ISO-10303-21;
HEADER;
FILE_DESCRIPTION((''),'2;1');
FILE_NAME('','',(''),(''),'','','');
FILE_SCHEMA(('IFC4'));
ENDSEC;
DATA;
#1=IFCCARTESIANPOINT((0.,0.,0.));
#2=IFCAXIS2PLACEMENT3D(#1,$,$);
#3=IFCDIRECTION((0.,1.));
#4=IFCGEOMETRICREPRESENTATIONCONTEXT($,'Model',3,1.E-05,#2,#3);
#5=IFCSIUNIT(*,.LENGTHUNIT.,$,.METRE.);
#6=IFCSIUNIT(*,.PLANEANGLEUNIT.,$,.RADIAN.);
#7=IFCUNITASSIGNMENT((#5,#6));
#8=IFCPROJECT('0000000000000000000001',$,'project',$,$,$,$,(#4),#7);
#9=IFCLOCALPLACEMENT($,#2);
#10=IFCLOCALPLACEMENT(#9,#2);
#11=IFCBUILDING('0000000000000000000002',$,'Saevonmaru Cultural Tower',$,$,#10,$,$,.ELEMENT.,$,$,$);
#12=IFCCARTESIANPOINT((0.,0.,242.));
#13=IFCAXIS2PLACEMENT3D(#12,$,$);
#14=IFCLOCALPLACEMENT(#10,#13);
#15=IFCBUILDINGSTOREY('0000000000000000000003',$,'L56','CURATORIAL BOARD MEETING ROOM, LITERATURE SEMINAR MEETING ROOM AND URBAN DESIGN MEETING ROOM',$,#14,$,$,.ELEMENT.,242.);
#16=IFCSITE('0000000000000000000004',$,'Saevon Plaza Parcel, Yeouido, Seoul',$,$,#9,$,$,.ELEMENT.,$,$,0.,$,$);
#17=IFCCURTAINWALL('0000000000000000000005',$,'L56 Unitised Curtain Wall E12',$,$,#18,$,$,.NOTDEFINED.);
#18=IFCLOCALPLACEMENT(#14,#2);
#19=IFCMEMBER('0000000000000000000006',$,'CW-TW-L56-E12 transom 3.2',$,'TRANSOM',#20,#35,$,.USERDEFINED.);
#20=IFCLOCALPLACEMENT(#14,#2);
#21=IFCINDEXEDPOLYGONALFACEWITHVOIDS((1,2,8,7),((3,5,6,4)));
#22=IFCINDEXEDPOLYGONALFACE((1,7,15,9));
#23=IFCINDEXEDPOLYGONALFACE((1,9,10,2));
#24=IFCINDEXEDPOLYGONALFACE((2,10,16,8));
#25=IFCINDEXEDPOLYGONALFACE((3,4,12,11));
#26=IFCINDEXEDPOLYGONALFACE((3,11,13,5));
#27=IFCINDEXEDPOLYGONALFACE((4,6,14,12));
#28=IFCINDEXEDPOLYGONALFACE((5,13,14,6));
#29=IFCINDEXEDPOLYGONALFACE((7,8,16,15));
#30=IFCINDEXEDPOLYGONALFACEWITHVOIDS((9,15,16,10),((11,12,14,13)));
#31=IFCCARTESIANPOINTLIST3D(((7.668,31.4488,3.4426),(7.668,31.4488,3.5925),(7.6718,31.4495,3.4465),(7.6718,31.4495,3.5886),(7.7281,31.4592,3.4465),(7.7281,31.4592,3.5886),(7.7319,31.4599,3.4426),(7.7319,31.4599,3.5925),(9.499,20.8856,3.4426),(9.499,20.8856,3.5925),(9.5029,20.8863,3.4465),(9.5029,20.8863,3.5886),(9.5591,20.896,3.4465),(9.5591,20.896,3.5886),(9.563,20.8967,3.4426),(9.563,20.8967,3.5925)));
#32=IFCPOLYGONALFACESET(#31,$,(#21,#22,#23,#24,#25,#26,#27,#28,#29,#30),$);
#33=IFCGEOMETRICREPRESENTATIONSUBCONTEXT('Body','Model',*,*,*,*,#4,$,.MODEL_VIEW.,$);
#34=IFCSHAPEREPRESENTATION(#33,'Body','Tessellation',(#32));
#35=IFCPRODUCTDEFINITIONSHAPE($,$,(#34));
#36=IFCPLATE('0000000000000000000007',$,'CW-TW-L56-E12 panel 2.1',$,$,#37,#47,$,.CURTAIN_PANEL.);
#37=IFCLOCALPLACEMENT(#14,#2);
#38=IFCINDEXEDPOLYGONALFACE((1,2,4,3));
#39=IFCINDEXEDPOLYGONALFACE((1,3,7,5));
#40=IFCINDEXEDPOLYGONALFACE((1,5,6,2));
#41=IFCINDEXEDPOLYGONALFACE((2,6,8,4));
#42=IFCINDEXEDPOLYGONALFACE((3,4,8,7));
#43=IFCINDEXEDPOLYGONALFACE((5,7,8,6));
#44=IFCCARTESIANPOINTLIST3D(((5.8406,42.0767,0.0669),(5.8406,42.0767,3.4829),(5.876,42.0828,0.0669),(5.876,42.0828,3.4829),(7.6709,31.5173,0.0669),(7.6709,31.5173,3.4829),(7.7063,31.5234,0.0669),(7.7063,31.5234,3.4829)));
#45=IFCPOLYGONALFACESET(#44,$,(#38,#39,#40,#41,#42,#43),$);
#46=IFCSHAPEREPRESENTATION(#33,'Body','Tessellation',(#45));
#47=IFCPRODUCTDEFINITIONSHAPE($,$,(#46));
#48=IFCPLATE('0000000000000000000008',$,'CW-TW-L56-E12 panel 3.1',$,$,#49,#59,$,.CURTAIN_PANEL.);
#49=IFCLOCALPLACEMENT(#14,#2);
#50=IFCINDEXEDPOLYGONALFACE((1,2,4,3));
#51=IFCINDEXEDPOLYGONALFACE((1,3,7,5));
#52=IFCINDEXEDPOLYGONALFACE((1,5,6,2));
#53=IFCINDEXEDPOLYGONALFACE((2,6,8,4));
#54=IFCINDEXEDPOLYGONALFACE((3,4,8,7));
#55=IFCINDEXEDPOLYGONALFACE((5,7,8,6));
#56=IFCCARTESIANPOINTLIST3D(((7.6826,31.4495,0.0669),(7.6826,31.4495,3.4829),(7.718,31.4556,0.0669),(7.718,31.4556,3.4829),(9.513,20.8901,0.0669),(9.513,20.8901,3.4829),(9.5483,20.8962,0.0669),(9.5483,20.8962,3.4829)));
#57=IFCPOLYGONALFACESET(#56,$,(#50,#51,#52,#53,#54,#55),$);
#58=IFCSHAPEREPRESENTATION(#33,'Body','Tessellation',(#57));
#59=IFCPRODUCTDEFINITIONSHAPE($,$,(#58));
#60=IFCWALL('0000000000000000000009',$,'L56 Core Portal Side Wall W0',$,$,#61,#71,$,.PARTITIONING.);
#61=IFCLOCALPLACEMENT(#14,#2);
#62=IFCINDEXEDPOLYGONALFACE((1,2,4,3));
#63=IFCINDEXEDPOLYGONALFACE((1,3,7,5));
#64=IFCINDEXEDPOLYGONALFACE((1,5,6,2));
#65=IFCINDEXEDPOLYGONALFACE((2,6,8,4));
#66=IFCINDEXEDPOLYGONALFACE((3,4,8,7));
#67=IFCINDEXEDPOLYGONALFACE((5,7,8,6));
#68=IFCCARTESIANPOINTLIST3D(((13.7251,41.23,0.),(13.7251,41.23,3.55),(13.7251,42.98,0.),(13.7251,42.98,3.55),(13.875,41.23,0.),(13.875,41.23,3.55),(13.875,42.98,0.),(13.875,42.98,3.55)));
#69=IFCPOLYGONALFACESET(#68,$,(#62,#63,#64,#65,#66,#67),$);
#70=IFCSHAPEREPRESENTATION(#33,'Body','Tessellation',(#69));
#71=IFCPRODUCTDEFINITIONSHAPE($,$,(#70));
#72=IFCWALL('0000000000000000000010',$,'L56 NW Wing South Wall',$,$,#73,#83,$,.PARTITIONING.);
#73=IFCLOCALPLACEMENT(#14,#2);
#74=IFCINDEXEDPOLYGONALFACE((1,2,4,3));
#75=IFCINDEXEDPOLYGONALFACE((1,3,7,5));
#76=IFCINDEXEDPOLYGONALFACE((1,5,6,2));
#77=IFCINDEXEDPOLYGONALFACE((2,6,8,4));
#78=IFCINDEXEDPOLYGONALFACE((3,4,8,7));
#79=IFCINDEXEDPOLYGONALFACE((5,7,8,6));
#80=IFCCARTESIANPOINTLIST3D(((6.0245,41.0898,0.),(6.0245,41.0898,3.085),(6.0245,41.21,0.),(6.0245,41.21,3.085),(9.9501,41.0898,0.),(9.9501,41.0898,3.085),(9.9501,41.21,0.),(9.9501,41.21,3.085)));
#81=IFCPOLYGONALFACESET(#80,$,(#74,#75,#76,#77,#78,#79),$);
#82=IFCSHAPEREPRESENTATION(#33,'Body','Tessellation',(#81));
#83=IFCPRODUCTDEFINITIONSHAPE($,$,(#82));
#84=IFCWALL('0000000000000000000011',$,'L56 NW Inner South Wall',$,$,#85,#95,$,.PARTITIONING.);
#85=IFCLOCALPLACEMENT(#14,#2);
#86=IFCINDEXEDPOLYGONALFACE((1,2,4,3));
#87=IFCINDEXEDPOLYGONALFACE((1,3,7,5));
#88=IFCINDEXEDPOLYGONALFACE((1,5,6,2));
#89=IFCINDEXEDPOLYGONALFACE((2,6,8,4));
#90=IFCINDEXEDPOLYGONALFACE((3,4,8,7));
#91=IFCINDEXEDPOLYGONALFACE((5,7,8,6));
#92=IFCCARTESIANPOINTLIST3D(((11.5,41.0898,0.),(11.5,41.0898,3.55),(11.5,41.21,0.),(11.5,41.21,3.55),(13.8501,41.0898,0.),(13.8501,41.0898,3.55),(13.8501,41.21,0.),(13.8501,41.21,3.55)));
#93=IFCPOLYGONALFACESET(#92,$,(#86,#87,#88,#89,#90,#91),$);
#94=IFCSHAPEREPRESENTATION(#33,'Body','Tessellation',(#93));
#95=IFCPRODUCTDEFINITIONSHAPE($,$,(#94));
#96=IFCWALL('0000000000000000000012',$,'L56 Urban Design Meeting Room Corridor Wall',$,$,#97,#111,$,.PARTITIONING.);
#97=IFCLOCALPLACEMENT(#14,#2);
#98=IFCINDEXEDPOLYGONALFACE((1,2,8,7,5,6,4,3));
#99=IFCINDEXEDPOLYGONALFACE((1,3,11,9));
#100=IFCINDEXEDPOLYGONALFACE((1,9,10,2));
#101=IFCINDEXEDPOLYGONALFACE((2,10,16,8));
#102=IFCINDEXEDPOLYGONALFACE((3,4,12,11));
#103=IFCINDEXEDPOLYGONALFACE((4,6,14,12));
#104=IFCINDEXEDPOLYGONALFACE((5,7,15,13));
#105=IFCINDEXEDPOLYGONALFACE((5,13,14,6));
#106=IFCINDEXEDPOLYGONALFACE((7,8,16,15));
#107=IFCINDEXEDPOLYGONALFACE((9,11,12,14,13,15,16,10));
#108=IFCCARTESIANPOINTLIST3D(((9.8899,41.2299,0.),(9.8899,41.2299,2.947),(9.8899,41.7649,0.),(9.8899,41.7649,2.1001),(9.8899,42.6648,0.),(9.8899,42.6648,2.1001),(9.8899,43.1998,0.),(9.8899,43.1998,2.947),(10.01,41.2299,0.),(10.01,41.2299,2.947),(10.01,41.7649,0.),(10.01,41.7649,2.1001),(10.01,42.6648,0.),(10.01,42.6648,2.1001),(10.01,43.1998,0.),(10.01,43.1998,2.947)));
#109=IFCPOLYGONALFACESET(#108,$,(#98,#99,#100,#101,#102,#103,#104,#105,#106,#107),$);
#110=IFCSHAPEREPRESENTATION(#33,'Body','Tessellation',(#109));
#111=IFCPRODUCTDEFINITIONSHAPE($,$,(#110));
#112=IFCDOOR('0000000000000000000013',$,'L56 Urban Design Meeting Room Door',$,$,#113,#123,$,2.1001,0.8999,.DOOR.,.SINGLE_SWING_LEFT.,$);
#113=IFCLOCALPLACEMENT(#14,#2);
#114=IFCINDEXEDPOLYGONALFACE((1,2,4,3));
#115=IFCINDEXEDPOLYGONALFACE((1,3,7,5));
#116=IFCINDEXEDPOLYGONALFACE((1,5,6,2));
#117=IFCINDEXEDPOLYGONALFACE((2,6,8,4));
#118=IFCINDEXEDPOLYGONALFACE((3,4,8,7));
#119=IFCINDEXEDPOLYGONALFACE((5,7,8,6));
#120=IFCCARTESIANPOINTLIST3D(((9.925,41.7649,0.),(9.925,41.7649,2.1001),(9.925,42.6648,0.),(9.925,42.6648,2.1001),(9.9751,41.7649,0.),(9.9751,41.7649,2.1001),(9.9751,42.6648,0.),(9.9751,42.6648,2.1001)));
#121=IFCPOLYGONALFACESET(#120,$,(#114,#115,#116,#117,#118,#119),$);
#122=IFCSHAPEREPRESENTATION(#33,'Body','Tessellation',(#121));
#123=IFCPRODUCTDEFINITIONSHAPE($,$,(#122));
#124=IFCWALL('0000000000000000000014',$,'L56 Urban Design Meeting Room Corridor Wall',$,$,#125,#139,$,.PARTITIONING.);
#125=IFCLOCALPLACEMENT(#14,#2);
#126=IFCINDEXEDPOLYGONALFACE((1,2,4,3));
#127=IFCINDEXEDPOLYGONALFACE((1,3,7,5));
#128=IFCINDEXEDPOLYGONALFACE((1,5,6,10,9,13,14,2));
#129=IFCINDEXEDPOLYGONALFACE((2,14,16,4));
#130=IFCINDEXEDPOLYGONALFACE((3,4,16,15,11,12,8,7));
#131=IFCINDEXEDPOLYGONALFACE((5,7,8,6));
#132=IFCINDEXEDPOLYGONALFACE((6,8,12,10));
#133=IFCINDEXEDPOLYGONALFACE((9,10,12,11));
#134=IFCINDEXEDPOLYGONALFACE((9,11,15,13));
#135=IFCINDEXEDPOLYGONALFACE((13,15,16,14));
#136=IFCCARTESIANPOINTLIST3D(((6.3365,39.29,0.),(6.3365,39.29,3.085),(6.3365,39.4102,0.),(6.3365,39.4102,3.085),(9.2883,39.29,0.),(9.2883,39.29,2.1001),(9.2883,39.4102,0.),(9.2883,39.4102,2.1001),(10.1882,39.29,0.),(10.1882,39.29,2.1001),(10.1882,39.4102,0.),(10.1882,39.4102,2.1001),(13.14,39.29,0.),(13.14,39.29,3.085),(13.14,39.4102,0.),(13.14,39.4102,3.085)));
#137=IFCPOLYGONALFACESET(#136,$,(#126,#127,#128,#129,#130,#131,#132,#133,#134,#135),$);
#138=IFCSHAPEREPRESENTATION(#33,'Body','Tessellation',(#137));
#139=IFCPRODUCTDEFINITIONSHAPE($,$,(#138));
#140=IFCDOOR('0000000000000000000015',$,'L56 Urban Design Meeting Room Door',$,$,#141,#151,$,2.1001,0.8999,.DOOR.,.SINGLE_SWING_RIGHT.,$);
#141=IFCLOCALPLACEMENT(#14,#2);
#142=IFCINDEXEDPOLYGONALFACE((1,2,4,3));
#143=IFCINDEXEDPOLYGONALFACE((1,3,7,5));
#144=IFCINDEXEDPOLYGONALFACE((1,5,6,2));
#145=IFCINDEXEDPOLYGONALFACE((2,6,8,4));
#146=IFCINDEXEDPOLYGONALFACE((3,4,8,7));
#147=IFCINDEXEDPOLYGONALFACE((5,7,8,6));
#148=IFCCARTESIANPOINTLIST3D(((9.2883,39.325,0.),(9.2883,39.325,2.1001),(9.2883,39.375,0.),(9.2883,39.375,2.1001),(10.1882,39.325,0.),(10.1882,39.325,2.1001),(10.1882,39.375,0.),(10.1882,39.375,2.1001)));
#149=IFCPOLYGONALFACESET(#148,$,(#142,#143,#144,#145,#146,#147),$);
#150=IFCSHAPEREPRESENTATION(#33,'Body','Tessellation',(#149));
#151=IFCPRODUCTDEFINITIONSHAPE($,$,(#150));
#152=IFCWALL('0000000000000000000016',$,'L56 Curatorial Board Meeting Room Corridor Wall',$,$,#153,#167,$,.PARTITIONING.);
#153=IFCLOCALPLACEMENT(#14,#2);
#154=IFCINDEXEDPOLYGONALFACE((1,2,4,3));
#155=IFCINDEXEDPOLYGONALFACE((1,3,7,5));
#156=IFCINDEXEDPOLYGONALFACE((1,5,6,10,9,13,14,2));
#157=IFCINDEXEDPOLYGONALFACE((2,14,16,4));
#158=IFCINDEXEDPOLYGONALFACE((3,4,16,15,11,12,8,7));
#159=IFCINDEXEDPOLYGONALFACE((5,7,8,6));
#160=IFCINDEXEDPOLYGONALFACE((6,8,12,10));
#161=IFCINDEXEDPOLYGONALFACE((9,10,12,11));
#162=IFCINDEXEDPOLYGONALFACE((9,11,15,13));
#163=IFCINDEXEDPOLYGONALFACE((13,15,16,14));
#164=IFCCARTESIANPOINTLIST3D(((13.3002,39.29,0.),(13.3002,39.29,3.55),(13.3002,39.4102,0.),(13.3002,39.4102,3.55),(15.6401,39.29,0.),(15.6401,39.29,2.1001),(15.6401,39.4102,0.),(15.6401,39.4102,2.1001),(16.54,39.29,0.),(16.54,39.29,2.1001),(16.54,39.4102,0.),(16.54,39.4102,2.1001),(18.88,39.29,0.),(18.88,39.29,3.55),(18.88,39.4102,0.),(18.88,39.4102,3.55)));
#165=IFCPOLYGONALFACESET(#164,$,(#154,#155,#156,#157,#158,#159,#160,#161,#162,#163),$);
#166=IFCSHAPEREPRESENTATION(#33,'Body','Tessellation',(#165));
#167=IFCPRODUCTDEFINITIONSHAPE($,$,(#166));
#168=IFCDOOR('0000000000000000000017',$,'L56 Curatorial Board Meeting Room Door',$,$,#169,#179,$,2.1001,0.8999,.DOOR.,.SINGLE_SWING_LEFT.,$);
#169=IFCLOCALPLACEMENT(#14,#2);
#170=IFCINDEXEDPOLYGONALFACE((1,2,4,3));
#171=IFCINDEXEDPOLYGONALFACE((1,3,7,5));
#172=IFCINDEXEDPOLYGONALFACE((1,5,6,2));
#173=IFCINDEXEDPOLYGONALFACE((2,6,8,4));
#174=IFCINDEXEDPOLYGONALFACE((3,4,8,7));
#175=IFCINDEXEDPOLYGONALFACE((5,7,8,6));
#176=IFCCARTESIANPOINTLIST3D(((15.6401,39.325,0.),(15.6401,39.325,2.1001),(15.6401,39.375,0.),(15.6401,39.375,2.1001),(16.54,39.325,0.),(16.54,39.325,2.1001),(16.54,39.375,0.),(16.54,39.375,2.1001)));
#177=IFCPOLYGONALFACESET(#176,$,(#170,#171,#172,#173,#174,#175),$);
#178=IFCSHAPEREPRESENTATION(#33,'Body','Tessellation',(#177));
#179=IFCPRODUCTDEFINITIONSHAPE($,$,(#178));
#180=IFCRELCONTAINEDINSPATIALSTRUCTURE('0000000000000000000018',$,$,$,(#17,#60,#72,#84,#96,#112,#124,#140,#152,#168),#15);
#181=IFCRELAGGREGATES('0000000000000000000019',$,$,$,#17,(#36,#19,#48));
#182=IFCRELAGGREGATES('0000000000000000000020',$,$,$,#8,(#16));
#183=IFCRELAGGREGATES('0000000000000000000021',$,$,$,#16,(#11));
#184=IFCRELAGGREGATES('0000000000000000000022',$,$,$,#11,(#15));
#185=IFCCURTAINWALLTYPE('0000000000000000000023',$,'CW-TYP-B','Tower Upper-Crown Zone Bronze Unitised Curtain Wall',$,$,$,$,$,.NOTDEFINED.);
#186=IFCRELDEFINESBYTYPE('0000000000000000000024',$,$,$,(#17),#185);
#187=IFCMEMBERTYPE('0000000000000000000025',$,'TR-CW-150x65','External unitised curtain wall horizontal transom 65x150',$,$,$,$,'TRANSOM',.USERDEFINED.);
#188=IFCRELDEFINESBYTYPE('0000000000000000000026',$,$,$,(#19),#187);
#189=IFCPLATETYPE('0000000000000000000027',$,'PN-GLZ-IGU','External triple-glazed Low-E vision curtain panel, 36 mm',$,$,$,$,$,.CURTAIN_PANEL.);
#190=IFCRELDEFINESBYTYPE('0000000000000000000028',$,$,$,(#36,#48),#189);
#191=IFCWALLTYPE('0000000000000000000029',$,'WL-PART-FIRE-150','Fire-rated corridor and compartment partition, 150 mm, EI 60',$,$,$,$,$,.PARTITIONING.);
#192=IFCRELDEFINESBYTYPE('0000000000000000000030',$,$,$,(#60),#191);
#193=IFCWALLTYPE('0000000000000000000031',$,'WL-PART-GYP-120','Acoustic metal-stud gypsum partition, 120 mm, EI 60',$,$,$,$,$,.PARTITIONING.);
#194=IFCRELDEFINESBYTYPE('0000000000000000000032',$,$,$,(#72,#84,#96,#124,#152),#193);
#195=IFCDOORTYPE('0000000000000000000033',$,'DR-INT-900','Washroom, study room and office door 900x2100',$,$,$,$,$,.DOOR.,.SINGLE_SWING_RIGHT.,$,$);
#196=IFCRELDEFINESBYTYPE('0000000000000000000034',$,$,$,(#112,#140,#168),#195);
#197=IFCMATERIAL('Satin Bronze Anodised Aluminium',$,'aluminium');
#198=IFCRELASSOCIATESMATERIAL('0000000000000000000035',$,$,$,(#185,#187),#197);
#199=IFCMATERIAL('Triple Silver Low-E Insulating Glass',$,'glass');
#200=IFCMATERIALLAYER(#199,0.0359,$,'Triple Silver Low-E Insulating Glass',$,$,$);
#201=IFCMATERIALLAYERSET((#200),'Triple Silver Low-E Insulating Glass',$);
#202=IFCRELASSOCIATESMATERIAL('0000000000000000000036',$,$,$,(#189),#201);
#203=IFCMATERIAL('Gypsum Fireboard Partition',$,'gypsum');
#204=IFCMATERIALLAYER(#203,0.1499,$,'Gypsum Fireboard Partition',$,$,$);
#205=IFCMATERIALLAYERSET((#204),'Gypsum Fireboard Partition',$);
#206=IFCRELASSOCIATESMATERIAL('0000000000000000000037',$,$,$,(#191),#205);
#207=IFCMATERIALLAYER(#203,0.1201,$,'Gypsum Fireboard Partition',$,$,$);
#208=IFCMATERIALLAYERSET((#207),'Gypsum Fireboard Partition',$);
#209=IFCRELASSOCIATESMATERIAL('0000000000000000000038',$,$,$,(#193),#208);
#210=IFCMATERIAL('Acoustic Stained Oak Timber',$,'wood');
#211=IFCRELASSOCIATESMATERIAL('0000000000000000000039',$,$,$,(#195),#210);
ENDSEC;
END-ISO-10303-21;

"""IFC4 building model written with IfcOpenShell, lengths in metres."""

from ifc_helpers import new_model, si_unit, direction, frame, frame_2d, origin, origin_2d, place, context, subcontext, project, spatial, rectangle, hollow_rectangle, extrude, material, layer, layer_set, material_profile, profile_set, type_object, element, fill, aggregate, save


model = new_model("IFC4")

# Units and contexts
model_context = context("Model", 3, precision=1e-05, world=origin(), true_north=direction((0.0, 1.0)))
body_context = subcontext(model_context, "Body", "Model", "MODEL_VIEW")
ifc_project = project(units=[si_unit("LENGTHUNIT", "METRE"), si_unit("PLANEANGLEUNIT", "RADIAN")], contexts=[model_context])

# Site, building, storey
site_placement = place(None, origin())
site = spatial("IfcSite", under=ifc_project, at=site_placement, Name="Saevon Plaza Parcel, Yeouido, Seoul", CompositionType="ELEMENT", RefElevation=0.0)
building_placement = place(site_placement, origin())
building = spatial("IfcBuilding", under=site, at=building_placement, Name="Saevonmaru Cultural Tower", CompositionType="ELEMENT")
storey_placement = place(building_placement, frame((0.0, 0.0, 242.0)))
storey = spatial("IfcBuildingStorey", under=building, at=storey_placement, Name="L56", Description="CURATORIAL BOARD MEETING ROOM, LITERATURE SEMINAR MEETING ROOM AND URBAN DESIGN MEETING ROOM", CompositionType="ELEMENT", Elevation=242.0)

# Curtain wall, member, plates
ifc_material_1 = material(Name="Satin Bronze Anodised Aluminium", Category="aluminium")
curtain_wall_type = type_object("IfcCurtainWallType", Name="CW-TYP-B", Description="Tower Upper-Crown Zone Bronze Unitised Curtain Wall", PredefinedType="NOTDEFINED", material=ifc_material_1)
curtain_wall_placement = place(storey_placement, origin())
curtain_wall = element("IfcCurtainWall", 1, at=curtain_wall_placement, inside=storey, type_object=curtain_wall_type, Name="L56 Unitised Curtain Wall E12", PredefinedType="NOTDEFINED")
ifc_material_profile_1 = material_profile(ifc_material_1, hollow_rectangle(XDim=0.0649, YDim=0.1499, WallThickness=0.0039, at=origin_2d()), Name="ALU-TRAN-150x65x4")
ifc_profile_set_1 = profile_set([ifc_material_profile_1], Name="Satin Bronze Anodised Aluminium")
member_type_1 = type_object("IfcMemberType", Name="TR-CW-150x65", Description="External unitised curtain wall horizontal transom 65x150", ElementType="TRANSOM", PredefinedType="USERDEFINED", material=ifc_profile_set_1)
member_1_placement = place(storey_placement, frame((7.7, 31.4543, 3.5176), z_axis=(0.170795, -0.985307, 0.0), x_axis=(0.985307, 0.170795, 0.0)))
member_1 = element("IfcMember", 2, at=member_1_placement, type_object=member_type_1, Name="CW-TW-L56-E12 transom 3.2", ObjectType="TRANSOM", PredefinedType="USERDEFINED", context=body_context, shape_type="SweptSolid", body=[
    extrude(hollow_rectangle(XDim=0.0649, YDim=0.1499, WallThickness=0.0039, at=origin_2d()), origin(), (0.0, 0.0, 1.0), 10.7207),
])
ifc_material_2 = material(Name="Triple Silver Low-E Insulating Glass", Category="glass")
ifc_layer_1 = layer(ifc_material_2, 0.0359, Name="Triple Silver Low-E Insulating Glass")
ifc_layer_set_1 = layer_set([ifc_layer_1], Name="Triple Silver Low-E Insulating Glass")
plate_type = type_object("IfcPlateType", Name="PN-GLZ-IGU", Description="External triple-glazed Low-E vision curtain panel, 36 mm", PredefinedType="CURTAIN_PANEL", material=ifc_layer_set_1)
plate_1_placement = place(storey_placement, frame((6.7734, 36.8, 0.0669), z_axis=(0.0, 0.0, 1.0), x_axis=(0.17079, -0.985307, 0.0)))
plate_1 = element("IfcPlate", 3, at=plate_1_placement, type_object=plate_type, Name="CW-TW-L56-E12 panel 2.1", PredefinedType="CURTAIN_PANEL", context=body_context, shape_type="SweptSolid", body=[
    extrude(rectangle(XDim=10.7168, YDim=0.0359, at=origin_2d()), origin(), (0.0, 0.0, 1.0), 3.416),
])
plate_2_placement = place(storey_placement, frame((8.6155, 26.1729, 0.0669), z_axis=(0.0, 0.0, 1.0), x_axis=(0.17079, -0.985307, 0.0)))
plate_2 = element("IfcPlate", 4, at=plate_2_placement, type_object=plate_type, Name="CW-TW-L56-E12 panel 3.1", PredefinedType="CURTAIN_PANEL", context=body_context, shape_type="SweptSolid", body=[
    extrude(rectangle(XDim=10.7168, YDim=0.0359, at=origin_2d()), origin(), (0.0, 0.0, 1.0), 3.416),
])
aggregate(curtain_wall, [plate_1, member_1, plate_2])

# Walls
ifc_material_3 = material(Name="Gypsum Fireboard Partition", Category="gypsum")
ifc_layer_2 = layer(ifc_material_3, 0.1499, Name="Gypsum Fireboard Partition")
ifc_layer_set_2 = layer_set([ifc_layer_2], Name="Gypsum Fireboard Partition")
wall_type_1 = type_object("IfcWallType", Name="WL-PART-FIRE-150", Description="Fire-rated corridor and compartment partition, 150 mm, EI 60", PredefinedType="PARTITIONING", material=ifc_layer_set_2)
wall_1_placement = place(storey_placement, frame((13.8, 41.23, 0.0), z_axis=(0.0, 0.0, 1.0), x_axis=(0.0, 1.0, 0.0)))
element("IfcWall", 5, at=wall_1_placement, inside=storey, type_object=wall_type_1, Name="L56 Core Portal Side Wall W0", PredefinedType="PARTITIONING", context=body_context, shape_type="SweptSolid", body=[
    extrude(rectangle(XDim=1.75, YDim=0.1499, at=frame_2d((0.875, 0.0))), origin(), (0.0, 0.0, 1.0), 3.55),
])
ifc_layer_3 = layer(ifc_material_3, 0.1201, Name="Gypsum Fireboard Partition")
ifc_layer_set_3 = layer_set([ifc_layer_3], Name="Gypsum Fireboard Partition")
wall_type_2 = type_object("IfcWallType", Name="WL-PART-GYP-120", Description="Acoustic metal-stud gypsum partition, 120 mm, EI 60", PredefinedType="PARTITIONING", material=ifc_layer_set_3)
wall_2_placement = place(storey_placement, frame((6.0244, 41.1499, 0.0), z_axis=(0.0, 0.0, 1.0), x_axis=(1.0, 0.0, 0.0)))
element("IfcWall", 6, at=wall_2_placement, inside=storey, type_object=wall_type_2, Name="L56 NW Wing South Wall", PredefinedType="PARTITIONING", context=body_context, shape_type="SweptSolid", body=[
    extrude(rectangle(XDim=3.9255, YDim=0.1201, at=frame_2d((1.9629, 0.0))), origin(), (0.0, 0.0, 1.0), 3.085),
])
wall_3_placement = place(storey_placement, frame((11.5, 41.1499, 0.0), z_axis=(0.0, 0.0, 1.0), x_axis=(1.0, 0.0, 0.0)))
element("IfcWall", 7, at=wall_3_placement, inside=storey, type_object=wall_type_2, Name="L56 NW Inner South Wall", PredefinedType="PARTITIONING", context=body_context, shape_type="SweptSolid", body=[
    extrude(rectangle(XDim=2.3501, YDim=0.1201, at=frame_2d((1.175, 0.0))), origin(), (0.0, 0.0, 1.0), 3.55),
])

# Walls, openings, doors
wall_4_placement = place(storey_placement, frame((9.95, 41.23, 0.0), z_axis=(0.0, 0.0, 1.0), x_axis=(0.0, 1.0, 0.0)))
wall_4 = element("IfcWall", 8, at=wall_4_placement, inside=storey, type_object=wall_type_2, Name="L56 Urban Design Meeting Room Corridor Wall", PredefinedType="PARTITIONING", context=body_context, shape_type="SweptSolid", body=[
    extrude(rectangle(XDim=1.97, YDim=0.1201, at=frame_2d((0.9849, 0.0))), origin(), (0.0, 0.0, 1.0), 2.947),
])
opening_1_placement = place(wall_4_placement, frame((0.5349, 0.0, 0.0)))
opening_1 = element("IfcOpeningElement", 9, at=opening_1_placement, cuts=wall_4, PredefinedType="OPENING", context=body_context, shape_type="SweptSolid", body=[
    extrude(rectangle(XDim=0.8999, YDim=2.1001, at=frame_2d((0.45, 1.05))), frame((0.0, 0.0701, 0.0), z_axis=(0.0, -1.0, 0.0), x_axis=(1.0, 0.0, 0.0)), (0.0, 0.0, 1.0), 0.1401),
])
ifc_material_4 = material(Name="Acoustic Stained Oak Timber", Category="wood")
door_type = type_object("IfcDoorType", Name="DR-INT-900", Description="Washroom, study room and office door 900x2100", OperationType="SINGLE_SWING_RIGHT", PredefinedType="DOOR", material=ifc_material_4)
door_1_placement = place(opening_1_placement, origin())
door_1 = element("IfcDoor", 10, at=door_1_placement, inside=storey, type_object=door_type, Name="L56 Urban Design Meeting Room Door", OperationType="SINGLE_SWING_LEFT", OverallHeight=2.1001, OverallWidth=0.8999, PredefinedType="DOOR", context=body_context, shape_type="SweptSolid", body=[
    extrude(rectangle(XDim=0.8999, YDim=2.1001, at=frame_2d((0.45, 1.05))), frame((0.0, 0.0249, 0.0), z_axis=(0.0, -1.0, 0.0), x_axis=(1.0, 0.0, 0.0)), (0.0, 0.0, 1.0), 0.05),
])
fill(opening_1, door_1)
wall_5_placement = place(storey_placement, frame((6.3364, 39.3501, 0.0), z_axis=(0.0, 0.0, 1.0), x_axis=(1.0, 0.0, 0.0)))
wall_5 = element("IfcWall", 11, at=wall_5_placement, inside=storey, type_object=wall_type_2, Name="L56 Urban Design Meeting Room Corridor Wall", PredefinedType="PARTITIONING", context=body_context, shape_type="SweptSolid", body=[
    extrude(rectangle(XDim=6.8035, YDim=0.1201, at=frame_2d((3.4019, 0.0))), origin(), (0.0, 0.0, 1.0), 3.085),
])
opening_2_placement = place(wall_5_placement, frame((2.9519, 0.0, 0.0)))
opening_2 = element("IfcOpeningElement", 12, at=opening_2_placement, cuts=wall_5, PredefinedType="OPENING", context=body_context, shape_type="SweptSolid", body=[
    extrude(rectangle(XDim=0.8999, YDim=2.1001, at=frame_2d((0.45, 1.05))), frame((0.0, 0.0701, 0.0), z_axis=(0.0, -1.0, 0.0), x_axis=(1.0, 0.0, 0.0)), (0.0, 0.0, 1.0), 0.1401),
])
door_2_placement = place(opening_2_placement, origin())
door_2 = element("IfcDoor", 13, at=door_2_placement, inside=storey, type_object=door_type, Name="L56 Urban Design Meeting Room Door", OperationType="SINGLE_SWING_RIGHT", OverallHeight=2.1001, OverallWidth=0.8999, PredefinedType="DOOR", context=body_context, shape_type="SweptSolid", body=[
    extrude(rectangle(XDim=0.8999, YDim=2.1001, at=frame_2d((0.45, 1.05))), frame((0.0, 0.0249, 0.0), z_axis=(0.0, -1.0, 0.0), x_axis=(1.0, 0.0, 0.0)), (0.0, 0.0, 1.0), 0.05),
])
fill(opening_2, door_2)
wall_6_placement = place(storey_placement, frame((13.3, 39.3501, 0.0), z_axis=(0.0, 0.0, 1.0), x_axis=(1.0, 0.0, 0.0)))
wall_6 = element("IfcWall", 14, at=wall_6_placement, inside=storey, type_object=wall_type_2, Name="L56 Curatorial Board Meeting Room Corridor Wall", PredefinedType="PARTITIONING", context=body_context, shape_type="SweptSolid", body=[
    extrude(rectangle(XDim=5.5798, YDim=0.1201, at=frame_2d((2.79, 0.0))), origin(), (0.0, 0.0, 1.0), 3.55),
])
opening_3_placement = place(wall_6_placement, frame((2.3401, 0.0, 0.0)))
opening_3 = element("IfcOpeningElement", 15, at=opening_3_placement, cuts=wall_6, PredefinedType="OPENING", context=body_context, shape_type="SweptSolid", body=[
    extrude(rectangle(XDim=0.8999, YDim=2.1001, at=frame_2d((0.45, 1.05))), frame((0.0, 0.0701, 0.0), z_axis=(0.0, -1.0, 0.0), x_axis=(1.0, 0.0, 0.0)), (0.0, 0.0, 1.0), 0.1401),
])
door_3_placement = place(opening_3_placement, origin())
door_3 = element("IfcDoor", 16, at=door_3_placement, inside=storey, type_object=door_type, Name="L56 Curatorial Board Meeting Room Door", OperationType="SINGLE_SWING_LEFT", OverallHeight=2.1001, OverallWidth=0.8999, PredefinedType="DOOR", context=body_context, shape_type="SweptSolid", body=[
    extrude(rectangle(XDim=0.8999, YDim=2.1001, at=frame_2d((0.45, 1.05))), frame((0.0, 0.0249, 0.0), z_axis=(0.0, -1.0, 0.0), x_axis=(1.0, 0.0, 0.0)), (0.0, 0.0, 1.0), 0.05),
])
fill(opening_3, door_3)

save(model, "model.ifc")
